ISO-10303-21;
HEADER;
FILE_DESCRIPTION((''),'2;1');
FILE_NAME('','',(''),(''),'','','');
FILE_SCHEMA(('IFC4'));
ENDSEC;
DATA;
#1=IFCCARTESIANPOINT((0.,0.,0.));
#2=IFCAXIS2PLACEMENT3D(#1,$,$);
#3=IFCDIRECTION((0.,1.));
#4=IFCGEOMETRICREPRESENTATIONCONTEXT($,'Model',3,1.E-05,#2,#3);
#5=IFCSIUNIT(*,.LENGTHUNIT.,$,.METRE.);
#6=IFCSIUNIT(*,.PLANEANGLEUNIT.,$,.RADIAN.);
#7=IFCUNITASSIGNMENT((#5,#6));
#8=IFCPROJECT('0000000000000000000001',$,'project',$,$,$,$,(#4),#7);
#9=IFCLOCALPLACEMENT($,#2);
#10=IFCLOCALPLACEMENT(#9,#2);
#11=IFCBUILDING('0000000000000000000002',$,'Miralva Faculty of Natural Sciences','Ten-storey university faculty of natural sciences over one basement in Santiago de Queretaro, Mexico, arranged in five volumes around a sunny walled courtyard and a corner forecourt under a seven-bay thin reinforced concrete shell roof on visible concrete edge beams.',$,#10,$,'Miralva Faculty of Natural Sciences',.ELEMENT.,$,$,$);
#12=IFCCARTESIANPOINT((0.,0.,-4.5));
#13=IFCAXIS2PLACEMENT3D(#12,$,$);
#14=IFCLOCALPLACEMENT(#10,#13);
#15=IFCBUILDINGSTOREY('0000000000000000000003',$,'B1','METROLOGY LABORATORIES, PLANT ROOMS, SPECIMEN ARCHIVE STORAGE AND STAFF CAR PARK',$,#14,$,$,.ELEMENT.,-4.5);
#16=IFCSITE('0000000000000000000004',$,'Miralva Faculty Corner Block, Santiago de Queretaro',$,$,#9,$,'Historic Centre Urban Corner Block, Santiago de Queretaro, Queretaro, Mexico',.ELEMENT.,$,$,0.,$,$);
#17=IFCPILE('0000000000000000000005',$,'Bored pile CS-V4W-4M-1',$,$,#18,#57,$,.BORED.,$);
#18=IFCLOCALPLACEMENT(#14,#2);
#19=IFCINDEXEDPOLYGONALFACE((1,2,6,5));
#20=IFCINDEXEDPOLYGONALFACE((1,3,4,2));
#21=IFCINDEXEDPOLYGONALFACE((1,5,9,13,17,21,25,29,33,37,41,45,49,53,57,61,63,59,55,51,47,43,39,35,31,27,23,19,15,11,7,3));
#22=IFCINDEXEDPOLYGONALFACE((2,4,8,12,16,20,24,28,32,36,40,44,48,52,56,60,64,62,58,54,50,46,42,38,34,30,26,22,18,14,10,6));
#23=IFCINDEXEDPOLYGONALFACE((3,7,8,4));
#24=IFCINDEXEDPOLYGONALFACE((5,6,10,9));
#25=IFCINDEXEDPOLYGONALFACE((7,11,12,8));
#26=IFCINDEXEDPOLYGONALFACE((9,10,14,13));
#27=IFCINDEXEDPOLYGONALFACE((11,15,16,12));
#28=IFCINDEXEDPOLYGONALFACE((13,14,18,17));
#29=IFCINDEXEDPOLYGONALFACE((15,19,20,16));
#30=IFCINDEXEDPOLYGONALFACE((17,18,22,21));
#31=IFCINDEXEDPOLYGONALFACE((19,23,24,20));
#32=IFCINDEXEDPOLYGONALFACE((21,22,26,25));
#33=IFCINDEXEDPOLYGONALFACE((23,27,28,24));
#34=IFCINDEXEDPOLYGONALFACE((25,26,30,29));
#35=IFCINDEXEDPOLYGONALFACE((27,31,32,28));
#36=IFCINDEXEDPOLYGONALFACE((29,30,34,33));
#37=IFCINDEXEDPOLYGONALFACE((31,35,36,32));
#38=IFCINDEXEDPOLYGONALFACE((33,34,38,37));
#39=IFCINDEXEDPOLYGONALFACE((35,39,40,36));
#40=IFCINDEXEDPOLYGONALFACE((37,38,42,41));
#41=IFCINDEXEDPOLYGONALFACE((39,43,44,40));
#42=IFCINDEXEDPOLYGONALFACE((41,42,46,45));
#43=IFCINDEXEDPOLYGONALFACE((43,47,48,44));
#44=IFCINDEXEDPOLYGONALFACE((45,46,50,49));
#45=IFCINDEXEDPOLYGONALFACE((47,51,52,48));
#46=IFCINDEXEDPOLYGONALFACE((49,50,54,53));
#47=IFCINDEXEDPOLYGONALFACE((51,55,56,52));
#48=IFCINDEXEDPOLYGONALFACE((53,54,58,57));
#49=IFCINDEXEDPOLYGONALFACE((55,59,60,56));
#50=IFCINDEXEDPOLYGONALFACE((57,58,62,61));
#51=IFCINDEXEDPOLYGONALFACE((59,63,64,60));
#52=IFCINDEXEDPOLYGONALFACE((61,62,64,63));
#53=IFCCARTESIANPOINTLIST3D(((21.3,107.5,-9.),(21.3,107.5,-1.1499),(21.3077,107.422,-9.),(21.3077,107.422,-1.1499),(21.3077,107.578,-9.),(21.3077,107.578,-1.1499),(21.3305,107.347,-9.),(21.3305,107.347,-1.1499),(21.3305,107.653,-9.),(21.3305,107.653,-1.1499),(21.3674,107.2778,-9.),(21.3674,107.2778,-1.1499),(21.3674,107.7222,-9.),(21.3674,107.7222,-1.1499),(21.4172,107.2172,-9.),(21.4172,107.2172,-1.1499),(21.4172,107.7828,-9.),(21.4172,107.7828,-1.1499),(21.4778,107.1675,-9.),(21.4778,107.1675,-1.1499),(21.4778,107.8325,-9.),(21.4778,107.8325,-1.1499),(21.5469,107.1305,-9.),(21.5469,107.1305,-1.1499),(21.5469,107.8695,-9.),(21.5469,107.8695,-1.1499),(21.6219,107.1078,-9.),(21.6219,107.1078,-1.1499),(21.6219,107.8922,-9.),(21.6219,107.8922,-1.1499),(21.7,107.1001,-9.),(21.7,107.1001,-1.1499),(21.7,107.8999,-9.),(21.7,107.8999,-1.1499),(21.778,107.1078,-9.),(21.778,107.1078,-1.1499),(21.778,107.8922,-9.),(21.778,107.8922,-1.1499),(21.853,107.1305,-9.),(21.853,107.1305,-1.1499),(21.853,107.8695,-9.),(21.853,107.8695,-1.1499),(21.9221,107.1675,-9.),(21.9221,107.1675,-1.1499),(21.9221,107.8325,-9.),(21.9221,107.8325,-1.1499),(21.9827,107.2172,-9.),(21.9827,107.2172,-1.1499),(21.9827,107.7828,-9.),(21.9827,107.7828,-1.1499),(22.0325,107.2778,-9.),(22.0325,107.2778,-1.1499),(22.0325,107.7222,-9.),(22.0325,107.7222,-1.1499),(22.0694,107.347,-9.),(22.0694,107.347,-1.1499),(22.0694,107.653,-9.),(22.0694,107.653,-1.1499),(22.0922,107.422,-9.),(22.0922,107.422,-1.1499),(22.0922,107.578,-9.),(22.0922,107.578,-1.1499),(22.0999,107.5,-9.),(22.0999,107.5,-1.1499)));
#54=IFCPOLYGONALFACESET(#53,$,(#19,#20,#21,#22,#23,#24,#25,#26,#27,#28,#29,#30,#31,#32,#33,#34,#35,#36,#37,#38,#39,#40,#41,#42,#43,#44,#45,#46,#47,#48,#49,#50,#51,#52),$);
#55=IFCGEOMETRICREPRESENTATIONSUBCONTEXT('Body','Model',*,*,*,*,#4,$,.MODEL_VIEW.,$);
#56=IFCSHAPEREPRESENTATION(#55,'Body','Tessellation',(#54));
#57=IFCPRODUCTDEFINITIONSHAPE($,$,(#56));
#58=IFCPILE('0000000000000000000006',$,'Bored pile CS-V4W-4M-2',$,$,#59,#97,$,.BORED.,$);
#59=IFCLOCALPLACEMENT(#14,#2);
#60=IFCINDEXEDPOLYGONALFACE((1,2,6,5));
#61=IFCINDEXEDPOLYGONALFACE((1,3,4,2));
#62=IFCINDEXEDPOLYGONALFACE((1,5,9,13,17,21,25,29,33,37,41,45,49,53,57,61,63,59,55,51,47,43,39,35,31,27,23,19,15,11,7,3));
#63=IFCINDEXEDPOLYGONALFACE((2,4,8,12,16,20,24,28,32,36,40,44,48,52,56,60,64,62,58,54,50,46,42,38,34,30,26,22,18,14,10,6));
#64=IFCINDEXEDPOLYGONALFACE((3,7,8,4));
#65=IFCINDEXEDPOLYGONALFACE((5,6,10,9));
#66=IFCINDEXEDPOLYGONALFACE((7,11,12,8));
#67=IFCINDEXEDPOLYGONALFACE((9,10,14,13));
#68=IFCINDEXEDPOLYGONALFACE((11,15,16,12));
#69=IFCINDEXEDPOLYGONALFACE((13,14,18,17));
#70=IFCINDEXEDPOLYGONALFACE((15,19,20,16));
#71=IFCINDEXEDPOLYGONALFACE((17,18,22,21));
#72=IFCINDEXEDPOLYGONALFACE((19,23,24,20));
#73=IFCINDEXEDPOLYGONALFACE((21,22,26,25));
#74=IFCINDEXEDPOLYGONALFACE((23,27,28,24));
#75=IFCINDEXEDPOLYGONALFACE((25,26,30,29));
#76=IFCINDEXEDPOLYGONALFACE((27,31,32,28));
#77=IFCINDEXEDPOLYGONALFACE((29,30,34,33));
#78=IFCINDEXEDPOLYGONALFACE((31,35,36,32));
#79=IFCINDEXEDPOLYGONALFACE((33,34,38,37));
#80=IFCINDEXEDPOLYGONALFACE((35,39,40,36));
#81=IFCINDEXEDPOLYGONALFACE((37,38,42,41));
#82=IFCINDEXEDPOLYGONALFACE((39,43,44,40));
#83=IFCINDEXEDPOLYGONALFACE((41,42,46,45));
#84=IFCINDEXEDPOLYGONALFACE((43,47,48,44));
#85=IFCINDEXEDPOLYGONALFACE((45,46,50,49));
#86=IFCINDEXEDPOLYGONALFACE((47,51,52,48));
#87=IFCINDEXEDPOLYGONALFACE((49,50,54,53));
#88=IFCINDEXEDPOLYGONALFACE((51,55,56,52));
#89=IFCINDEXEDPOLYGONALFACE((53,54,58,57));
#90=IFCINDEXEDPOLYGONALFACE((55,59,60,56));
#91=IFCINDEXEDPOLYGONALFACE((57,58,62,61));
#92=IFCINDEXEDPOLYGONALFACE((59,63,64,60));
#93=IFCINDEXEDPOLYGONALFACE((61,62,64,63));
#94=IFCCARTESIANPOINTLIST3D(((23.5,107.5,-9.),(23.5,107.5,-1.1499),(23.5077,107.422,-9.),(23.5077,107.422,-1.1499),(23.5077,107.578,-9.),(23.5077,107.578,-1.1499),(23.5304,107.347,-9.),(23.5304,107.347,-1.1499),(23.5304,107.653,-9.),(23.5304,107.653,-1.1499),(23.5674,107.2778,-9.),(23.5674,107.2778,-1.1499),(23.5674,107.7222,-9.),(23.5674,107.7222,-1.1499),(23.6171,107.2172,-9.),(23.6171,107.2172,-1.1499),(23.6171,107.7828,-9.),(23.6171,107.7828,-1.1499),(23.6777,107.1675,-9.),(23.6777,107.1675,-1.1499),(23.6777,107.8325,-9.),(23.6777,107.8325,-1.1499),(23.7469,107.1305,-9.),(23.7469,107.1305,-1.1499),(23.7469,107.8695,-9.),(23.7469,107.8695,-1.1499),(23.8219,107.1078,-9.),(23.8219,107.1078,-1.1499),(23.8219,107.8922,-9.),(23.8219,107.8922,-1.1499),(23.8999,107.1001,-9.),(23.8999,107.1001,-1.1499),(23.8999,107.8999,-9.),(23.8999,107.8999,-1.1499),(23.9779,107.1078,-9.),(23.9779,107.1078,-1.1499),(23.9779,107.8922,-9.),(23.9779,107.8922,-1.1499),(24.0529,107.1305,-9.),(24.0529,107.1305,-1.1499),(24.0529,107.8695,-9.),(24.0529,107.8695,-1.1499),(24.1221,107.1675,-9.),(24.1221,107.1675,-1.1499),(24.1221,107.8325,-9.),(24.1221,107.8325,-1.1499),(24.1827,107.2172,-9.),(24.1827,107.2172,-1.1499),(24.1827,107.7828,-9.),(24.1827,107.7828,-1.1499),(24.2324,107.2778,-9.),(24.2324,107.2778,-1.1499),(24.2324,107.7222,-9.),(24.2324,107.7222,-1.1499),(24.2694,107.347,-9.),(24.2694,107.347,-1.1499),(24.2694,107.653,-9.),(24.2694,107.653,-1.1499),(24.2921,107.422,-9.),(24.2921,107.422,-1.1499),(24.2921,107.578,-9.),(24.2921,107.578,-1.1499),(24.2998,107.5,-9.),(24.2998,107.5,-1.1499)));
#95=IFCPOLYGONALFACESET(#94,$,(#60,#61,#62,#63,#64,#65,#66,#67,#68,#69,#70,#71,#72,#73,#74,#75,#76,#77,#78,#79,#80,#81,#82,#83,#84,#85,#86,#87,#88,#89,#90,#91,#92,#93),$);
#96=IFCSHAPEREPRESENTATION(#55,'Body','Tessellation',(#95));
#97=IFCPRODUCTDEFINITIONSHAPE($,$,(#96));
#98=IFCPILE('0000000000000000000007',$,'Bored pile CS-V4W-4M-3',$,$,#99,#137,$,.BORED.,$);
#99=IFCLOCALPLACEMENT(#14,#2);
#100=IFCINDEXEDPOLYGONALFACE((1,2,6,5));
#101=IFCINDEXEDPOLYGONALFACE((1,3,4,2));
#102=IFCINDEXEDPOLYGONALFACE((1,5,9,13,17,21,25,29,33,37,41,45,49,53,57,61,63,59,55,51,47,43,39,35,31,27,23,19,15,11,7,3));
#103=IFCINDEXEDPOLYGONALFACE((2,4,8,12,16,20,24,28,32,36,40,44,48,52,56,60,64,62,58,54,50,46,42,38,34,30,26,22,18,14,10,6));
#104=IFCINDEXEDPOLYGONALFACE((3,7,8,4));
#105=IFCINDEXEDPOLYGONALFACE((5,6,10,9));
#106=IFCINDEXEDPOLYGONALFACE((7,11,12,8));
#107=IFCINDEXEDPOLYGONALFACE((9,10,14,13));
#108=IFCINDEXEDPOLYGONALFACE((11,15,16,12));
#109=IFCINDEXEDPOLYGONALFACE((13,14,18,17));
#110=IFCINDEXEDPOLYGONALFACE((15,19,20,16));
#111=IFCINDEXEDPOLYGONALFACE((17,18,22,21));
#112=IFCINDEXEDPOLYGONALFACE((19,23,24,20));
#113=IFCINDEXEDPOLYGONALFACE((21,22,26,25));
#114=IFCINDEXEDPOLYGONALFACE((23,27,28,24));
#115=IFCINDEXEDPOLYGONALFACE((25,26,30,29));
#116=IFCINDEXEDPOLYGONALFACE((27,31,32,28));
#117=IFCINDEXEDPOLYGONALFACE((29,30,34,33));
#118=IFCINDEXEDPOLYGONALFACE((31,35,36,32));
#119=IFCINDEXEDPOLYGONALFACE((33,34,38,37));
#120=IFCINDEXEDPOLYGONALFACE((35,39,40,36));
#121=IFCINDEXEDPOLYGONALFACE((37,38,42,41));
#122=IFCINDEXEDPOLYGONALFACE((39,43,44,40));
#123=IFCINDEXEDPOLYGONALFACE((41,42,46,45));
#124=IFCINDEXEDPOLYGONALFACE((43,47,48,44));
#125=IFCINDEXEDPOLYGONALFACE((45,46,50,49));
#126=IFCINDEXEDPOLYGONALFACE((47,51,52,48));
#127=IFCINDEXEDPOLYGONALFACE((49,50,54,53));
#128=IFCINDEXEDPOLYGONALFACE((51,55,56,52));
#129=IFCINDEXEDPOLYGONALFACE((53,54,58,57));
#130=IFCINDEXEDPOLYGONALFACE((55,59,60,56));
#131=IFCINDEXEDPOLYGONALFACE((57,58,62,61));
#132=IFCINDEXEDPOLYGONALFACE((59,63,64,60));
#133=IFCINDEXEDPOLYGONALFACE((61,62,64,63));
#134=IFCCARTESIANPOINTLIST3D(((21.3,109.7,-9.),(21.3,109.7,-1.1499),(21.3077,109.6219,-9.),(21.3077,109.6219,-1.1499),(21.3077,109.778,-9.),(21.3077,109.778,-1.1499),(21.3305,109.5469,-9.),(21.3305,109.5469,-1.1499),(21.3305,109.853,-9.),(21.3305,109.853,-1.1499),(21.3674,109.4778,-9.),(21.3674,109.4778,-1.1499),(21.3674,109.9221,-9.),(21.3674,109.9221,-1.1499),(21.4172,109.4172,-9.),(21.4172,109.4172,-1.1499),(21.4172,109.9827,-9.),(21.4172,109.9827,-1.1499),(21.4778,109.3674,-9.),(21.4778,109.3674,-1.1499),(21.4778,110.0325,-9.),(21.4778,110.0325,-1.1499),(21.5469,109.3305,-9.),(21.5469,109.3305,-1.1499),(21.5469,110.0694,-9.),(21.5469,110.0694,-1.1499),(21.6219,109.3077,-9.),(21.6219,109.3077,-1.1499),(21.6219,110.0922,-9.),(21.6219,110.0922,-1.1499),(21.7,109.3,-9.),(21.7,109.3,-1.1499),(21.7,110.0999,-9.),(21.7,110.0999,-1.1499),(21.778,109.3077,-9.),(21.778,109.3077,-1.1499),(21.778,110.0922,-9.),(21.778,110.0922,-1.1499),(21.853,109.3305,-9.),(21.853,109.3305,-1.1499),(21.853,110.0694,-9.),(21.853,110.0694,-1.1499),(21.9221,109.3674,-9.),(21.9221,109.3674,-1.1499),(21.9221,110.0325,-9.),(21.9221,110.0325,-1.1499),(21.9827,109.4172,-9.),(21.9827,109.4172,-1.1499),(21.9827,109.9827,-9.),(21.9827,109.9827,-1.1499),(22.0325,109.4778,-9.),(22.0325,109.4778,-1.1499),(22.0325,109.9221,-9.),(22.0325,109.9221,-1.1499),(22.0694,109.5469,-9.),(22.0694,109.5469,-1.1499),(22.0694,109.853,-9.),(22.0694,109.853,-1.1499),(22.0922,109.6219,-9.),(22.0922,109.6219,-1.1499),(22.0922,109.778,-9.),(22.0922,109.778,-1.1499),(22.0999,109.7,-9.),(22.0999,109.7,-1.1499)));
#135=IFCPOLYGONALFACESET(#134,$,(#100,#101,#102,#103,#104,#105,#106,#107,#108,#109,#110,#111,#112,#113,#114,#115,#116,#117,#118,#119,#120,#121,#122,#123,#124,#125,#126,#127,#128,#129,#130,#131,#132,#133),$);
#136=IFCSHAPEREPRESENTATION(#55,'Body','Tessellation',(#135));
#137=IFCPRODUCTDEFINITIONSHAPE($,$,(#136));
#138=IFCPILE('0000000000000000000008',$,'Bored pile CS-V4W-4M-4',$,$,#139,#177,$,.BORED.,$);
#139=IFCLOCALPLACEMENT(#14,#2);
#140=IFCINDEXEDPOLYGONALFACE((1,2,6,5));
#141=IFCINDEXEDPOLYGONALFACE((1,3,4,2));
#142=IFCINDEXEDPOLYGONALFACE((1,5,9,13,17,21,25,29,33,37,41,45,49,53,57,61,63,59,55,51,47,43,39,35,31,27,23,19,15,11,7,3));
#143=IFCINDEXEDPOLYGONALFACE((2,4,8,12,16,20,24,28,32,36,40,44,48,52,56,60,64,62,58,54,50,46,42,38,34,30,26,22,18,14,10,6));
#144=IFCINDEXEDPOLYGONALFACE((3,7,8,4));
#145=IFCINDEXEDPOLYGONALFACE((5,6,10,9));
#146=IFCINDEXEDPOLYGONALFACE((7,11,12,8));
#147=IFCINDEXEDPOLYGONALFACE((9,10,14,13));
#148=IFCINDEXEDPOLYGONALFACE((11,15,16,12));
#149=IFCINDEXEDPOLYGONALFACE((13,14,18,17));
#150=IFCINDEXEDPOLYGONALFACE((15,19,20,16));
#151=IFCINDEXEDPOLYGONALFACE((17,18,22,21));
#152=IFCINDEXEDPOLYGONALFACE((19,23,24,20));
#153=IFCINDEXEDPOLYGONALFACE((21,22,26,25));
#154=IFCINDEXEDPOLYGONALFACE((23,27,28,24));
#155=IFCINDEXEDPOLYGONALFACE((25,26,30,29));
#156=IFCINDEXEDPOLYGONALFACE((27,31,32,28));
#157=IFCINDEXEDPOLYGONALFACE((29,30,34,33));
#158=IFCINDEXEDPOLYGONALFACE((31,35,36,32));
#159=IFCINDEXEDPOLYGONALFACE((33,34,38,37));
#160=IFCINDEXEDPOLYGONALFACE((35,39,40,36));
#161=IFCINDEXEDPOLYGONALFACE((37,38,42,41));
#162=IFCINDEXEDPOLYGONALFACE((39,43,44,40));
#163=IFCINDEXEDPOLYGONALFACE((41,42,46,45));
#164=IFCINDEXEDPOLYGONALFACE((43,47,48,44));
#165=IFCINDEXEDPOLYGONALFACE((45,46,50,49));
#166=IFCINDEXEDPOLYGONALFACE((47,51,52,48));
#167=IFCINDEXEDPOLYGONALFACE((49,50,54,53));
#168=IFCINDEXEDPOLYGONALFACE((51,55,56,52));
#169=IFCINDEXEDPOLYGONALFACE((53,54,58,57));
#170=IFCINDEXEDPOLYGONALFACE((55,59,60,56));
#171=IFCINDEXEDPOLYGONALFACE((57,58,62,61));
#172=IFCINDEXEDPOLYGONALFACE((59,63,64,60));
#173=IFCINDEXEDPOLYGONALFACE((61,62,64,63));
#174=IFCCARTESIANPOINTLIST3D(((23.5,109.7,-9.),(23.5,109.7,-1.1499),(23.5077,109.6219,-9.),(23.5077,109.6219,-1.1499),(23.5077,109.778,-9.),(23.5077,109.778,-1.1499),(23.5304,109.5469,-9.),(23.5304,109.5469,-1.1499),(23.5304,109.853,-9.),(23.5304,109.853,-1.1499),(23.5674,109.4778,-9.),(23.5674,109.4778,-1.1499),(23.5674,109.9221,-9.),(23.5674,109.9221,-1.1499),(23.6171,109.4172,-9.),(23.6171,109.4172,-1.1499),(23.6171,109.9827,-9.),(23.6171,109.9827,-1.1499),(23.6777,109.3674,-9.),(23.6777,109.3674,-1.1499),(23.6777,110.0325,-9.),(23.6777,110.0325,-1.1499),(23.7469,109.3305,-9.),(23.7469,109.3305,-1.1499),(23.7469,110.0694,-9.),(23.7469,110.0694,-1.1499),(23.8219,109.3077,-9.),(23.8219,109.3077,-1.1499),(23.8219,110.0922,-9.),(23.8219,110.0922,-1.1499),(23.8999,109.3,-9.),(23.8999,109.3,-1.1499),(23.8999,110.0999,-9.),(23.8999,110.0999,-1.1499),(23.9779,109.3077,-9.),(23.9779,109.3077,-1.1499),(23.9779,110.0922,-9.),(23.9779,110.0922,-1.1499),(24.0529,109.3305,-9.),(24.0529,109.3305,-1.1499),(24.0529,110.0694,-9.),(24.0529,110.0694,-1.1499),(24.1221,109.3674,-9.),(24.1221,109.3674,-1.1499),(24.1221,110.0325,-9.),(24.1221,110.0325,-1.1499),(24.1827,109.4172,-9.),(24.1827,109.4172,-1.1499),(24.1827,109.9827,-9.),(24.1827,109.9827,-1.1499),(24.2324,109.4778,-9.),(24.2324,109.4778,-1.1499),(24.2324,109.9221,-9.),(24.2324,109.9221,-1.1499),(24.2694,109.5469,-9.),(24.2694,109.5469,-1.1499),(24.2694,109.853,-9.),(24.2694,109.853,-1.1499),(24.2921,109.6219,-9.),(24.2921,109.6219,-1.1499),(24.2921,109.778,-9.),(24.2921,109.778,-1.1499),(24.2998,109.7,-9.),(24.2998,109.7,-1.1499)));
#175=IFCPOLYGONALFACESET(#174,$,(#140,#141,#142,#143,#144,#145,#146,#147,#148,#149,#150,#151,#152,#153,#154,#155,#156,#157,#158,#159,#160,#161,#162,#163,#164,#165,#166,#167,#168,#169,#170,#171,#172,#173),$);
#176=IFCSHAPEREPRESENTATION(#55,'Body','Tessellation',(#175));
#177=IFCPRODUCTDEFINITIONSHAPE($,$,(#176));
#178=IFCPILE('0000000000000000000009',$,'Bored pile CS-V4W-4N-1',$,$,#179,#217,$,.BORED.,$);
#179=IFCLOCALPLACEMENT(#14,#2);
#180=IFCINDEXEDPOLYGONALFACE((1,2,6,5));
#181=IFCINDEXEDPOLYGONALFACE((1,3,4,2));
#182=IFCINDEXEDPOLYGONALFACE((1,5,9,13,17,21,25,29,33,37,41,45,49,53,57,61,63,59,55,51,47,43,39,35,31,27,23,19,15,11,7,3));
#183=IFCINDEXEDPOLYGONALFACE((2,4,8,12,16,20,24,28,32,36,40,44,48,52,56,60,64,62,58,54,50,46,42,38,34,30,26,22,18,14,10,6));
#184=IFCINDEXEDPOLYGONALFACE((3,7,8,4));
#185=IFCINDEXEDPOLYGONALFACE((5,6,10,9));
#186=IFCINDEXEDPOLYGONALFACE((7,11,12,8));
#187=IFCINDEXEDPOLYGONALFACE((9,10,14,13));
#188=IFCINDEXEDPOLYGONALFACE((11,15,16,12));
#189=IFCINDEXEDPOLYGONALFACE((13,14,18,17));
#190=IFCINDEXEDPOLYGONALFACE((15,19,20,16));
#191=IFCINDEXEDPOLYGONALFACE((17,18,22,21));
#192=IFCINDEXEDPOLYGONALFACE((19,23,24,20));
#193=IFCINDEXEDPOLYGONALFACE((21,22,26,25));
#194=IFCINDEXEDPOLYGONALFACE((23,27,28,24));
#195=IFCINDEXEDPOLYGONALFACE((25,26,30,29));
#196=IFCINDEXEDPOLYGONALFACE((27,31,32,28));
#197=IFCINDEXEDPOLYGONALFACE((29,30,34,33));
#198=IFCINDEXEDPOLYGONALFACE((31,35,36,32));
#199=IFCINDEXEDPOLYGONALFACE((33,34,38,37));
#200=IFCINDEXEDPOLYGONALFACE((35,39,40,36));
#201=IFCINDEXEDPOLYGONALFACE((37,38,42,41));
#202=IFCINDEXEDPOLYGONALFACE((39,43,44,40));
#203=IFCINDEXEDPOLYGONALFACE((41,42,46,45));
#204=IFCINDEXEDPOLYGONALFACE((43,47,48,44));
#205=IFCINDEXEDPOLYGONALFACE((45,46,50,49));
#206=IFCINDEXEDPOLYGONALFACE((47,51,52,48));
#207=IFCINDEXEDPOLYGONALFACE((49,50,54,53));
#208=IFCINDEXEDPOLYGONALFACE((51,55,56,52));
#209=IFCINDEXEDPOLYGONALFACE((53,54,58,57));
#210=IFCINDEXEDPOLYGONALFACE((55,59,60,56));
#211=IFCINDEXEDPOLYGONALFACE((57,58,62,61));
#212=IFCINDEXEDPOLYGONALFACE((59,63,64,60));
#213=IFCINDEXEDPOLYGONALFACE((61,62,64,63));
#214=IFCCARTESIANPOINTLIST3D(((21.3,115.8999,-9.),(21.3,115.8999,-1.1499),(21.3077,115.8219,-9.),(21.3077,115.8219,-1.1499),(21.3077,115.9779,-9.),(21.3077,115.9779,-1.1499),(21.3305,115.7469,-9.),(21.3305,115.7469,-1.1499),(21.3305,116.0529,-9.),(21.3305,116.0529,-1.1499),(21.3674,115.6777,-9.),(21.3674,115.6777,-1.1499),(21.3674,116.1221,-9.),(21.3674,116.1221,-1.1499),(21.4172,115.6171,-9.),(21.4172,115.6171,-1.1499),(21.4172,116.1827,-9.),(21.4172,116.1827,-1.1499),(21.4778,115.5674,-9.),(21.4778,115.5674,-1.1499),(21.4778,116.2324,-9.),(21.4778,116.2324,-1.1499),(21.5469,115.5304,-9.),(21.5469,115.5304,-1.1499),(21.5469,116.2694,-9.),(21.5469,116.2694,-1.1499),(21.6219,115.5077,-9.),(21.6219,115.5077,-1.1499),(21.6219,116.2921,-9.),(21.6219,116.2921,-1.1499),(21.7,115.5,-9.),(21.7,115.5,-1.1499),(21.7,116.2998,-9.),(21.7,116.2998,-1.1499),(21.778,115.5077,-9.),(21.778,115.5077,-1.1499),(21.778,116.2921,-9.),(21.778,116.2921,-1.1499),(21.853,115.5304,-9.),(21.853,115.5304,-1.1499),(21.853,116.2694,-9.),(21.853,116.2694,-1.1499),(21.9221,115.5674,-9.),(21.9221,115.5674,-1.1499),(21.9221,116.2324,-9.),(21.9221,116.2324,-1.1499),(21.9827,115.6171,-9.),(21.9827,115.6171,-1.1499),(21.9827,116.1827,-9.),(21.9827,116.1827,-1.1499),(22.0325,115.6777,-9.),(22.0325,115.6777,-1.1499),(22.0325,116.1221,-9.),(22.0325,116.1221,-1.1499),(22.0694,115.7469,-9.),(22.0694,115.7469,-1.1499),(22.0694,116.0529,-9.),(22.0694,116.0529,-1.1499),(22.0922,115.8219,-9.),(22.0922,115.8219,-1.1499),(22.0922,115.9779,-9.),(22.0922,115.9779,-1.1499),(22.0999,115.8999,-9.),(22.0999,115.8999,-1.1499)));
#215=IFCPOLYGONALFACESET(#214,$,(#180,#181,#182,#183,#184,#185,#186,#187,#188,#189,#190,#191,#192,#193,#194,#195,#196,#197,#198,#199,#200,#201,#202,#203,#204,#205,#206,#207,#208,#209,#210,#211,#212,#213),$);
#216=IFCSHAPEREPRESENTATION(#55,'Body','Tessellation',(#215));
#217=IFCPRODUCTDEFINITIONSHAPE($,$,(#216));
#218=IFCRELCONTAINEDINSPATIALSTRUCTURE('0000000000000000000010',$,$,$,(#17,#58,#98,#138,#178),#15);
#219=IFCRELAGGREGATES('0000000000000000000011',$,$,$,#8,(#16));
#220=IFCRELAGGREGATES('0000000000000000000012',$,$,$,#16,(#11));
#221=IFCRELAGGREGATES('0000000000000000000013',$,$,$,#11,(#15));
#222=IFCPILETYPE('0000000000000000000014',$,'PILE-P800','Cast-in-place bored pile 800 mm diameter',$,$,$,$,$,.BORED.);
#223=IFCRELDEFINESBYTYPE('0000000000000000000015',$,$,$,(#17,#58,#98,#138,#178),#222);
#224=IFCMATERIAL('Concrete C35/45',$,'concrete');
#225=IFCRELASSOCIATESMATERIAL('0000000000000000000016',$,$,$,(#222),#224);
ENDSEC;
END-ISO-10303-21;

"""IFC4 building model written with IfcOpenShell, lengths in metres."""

from ifc_helpers import new_model, si_unit, direction, frame, origin, origin_2d, place, context, subcontext, project, spatial, circle, extrude, material, material_profile, profile_set, type_object, element, save


model = new_model("IFC4")

# Units and contexts
model_context = context("Model", 3, precision=1e-05, world=origin(), true_north=direction((0.0, 1.0)))
body_context = subcontext(model_context, "Body", "Model", "MODEL_VIEW")
ifc_project = project(units=[si_unit("LENGTHUNIT", "METRE"), si_unit("PLANEANGLEUNIT", "RADIAN")], contexts=[model_context])

# Site, building, storey
site_placement = place(None, origin())
site = spatial("IfcSite", under=ifc_project, at=site_placement, Name="Miralva Faculty Corner Block, Santiago de Queretaro", LongName="Historic Centre Urban Corner Block, Santiago de Queretaro, Queretaro, Mexico", CompositionType="ELEMENT", RefElevation=0.0)
building_placement = place(site_placement, origin())
building = spatial("IfcBuilding", under=site, at=building_placement, Name="Miralva Faculty of Natural Sciences", Description="Ten-storey university faculty of natural sciences over one basement in Santiago de Queretaro, Mexico, arranged in five volumes around a sunny walled courtyard and a corner forecourt under a seven-bay thin reinforced concrete shell roof on visible concrete edge beams.", LongName="Miralva Faculty of Natural Sciences", CompositionType="ELEMENT")
storey_placement = place(building_placement, frame((0.0, 0.0, -4.5)))
storey = spatial("IfcBuildingStorey", under=building, at=storey_placement, Name="B1", Description="METROLOGY LABORATORIES, PLANT ROOMS, SPECIMEN ARCHIVE STORAGE AND STAFF CAR PARK", CompositionType="ELEMENT", Elevation=-4.5)

# Shared definitions
ifc_material_1 = material(Name="Concrete C35/45", Category="concrete")

# Piles
ifc_material_profile_1 = material_profile(ifc_material_1, circle(Radius=0.3999, at=origin_2d()), Name="BORED PILE 800")
ifc_profile_set_1 = profile_set([ifc_material_profile_1], Name="Concrete C35/45")
pile_type = type_object("IfcPileType", Name="PILE-P800", Description="Cast-in-place bored pile 800 mm diameter", PredefinedType="BORED", material=ifc_profile_set_1)
for number, where, z_axis, x_axis, name in (
    (1, (21.7, 107.5, -1.1499), (0.0, 0.0, -1.0), (1.0, 0.0, 0.0), "Bored pile CS-V4W-4M-1"),
    (2, (23.8999, 107.5, -1.1499), (0.0, 0.0, -1.0), (1.0, 0.0, 0.0), "Bored pile CS-V4W-4M-2"),
    (3, (21.7, 109.7, -1.1499), (0.0, 0.0, -1.0), (1.0, 0.0, 0.0), "Bored pile CS-V4W-4M-3"),
    (4, (23.8999, 109.7, -1.1499), (0.0, 0.0, -1.0), (1.0, 0.0, 0.0), "Bored pile CS-V4W-4M-4"),
    (5, (21.7, 115.8999, -1.1499), (0.0, 0.0, -1.0), (1.0, 0.0, 0.0), "Bored pile CS-V4W-4N-1"),
):
    element("IfcPile", number, at=place(storey_placement, frame(where, z_axis=z_axis, x_axis=x_axis)), inside=storey, type_object=pile_type, Name=name, PredefinedType="BORED", context=body_context, shape_type="SweptSolid", body=[
        extrude(circle(Radius=0.3999, at=origin_2d()), origin(), (0.0, 0.0, 1.0), 7.8501),
    ])

save(model, "model.ifc")
